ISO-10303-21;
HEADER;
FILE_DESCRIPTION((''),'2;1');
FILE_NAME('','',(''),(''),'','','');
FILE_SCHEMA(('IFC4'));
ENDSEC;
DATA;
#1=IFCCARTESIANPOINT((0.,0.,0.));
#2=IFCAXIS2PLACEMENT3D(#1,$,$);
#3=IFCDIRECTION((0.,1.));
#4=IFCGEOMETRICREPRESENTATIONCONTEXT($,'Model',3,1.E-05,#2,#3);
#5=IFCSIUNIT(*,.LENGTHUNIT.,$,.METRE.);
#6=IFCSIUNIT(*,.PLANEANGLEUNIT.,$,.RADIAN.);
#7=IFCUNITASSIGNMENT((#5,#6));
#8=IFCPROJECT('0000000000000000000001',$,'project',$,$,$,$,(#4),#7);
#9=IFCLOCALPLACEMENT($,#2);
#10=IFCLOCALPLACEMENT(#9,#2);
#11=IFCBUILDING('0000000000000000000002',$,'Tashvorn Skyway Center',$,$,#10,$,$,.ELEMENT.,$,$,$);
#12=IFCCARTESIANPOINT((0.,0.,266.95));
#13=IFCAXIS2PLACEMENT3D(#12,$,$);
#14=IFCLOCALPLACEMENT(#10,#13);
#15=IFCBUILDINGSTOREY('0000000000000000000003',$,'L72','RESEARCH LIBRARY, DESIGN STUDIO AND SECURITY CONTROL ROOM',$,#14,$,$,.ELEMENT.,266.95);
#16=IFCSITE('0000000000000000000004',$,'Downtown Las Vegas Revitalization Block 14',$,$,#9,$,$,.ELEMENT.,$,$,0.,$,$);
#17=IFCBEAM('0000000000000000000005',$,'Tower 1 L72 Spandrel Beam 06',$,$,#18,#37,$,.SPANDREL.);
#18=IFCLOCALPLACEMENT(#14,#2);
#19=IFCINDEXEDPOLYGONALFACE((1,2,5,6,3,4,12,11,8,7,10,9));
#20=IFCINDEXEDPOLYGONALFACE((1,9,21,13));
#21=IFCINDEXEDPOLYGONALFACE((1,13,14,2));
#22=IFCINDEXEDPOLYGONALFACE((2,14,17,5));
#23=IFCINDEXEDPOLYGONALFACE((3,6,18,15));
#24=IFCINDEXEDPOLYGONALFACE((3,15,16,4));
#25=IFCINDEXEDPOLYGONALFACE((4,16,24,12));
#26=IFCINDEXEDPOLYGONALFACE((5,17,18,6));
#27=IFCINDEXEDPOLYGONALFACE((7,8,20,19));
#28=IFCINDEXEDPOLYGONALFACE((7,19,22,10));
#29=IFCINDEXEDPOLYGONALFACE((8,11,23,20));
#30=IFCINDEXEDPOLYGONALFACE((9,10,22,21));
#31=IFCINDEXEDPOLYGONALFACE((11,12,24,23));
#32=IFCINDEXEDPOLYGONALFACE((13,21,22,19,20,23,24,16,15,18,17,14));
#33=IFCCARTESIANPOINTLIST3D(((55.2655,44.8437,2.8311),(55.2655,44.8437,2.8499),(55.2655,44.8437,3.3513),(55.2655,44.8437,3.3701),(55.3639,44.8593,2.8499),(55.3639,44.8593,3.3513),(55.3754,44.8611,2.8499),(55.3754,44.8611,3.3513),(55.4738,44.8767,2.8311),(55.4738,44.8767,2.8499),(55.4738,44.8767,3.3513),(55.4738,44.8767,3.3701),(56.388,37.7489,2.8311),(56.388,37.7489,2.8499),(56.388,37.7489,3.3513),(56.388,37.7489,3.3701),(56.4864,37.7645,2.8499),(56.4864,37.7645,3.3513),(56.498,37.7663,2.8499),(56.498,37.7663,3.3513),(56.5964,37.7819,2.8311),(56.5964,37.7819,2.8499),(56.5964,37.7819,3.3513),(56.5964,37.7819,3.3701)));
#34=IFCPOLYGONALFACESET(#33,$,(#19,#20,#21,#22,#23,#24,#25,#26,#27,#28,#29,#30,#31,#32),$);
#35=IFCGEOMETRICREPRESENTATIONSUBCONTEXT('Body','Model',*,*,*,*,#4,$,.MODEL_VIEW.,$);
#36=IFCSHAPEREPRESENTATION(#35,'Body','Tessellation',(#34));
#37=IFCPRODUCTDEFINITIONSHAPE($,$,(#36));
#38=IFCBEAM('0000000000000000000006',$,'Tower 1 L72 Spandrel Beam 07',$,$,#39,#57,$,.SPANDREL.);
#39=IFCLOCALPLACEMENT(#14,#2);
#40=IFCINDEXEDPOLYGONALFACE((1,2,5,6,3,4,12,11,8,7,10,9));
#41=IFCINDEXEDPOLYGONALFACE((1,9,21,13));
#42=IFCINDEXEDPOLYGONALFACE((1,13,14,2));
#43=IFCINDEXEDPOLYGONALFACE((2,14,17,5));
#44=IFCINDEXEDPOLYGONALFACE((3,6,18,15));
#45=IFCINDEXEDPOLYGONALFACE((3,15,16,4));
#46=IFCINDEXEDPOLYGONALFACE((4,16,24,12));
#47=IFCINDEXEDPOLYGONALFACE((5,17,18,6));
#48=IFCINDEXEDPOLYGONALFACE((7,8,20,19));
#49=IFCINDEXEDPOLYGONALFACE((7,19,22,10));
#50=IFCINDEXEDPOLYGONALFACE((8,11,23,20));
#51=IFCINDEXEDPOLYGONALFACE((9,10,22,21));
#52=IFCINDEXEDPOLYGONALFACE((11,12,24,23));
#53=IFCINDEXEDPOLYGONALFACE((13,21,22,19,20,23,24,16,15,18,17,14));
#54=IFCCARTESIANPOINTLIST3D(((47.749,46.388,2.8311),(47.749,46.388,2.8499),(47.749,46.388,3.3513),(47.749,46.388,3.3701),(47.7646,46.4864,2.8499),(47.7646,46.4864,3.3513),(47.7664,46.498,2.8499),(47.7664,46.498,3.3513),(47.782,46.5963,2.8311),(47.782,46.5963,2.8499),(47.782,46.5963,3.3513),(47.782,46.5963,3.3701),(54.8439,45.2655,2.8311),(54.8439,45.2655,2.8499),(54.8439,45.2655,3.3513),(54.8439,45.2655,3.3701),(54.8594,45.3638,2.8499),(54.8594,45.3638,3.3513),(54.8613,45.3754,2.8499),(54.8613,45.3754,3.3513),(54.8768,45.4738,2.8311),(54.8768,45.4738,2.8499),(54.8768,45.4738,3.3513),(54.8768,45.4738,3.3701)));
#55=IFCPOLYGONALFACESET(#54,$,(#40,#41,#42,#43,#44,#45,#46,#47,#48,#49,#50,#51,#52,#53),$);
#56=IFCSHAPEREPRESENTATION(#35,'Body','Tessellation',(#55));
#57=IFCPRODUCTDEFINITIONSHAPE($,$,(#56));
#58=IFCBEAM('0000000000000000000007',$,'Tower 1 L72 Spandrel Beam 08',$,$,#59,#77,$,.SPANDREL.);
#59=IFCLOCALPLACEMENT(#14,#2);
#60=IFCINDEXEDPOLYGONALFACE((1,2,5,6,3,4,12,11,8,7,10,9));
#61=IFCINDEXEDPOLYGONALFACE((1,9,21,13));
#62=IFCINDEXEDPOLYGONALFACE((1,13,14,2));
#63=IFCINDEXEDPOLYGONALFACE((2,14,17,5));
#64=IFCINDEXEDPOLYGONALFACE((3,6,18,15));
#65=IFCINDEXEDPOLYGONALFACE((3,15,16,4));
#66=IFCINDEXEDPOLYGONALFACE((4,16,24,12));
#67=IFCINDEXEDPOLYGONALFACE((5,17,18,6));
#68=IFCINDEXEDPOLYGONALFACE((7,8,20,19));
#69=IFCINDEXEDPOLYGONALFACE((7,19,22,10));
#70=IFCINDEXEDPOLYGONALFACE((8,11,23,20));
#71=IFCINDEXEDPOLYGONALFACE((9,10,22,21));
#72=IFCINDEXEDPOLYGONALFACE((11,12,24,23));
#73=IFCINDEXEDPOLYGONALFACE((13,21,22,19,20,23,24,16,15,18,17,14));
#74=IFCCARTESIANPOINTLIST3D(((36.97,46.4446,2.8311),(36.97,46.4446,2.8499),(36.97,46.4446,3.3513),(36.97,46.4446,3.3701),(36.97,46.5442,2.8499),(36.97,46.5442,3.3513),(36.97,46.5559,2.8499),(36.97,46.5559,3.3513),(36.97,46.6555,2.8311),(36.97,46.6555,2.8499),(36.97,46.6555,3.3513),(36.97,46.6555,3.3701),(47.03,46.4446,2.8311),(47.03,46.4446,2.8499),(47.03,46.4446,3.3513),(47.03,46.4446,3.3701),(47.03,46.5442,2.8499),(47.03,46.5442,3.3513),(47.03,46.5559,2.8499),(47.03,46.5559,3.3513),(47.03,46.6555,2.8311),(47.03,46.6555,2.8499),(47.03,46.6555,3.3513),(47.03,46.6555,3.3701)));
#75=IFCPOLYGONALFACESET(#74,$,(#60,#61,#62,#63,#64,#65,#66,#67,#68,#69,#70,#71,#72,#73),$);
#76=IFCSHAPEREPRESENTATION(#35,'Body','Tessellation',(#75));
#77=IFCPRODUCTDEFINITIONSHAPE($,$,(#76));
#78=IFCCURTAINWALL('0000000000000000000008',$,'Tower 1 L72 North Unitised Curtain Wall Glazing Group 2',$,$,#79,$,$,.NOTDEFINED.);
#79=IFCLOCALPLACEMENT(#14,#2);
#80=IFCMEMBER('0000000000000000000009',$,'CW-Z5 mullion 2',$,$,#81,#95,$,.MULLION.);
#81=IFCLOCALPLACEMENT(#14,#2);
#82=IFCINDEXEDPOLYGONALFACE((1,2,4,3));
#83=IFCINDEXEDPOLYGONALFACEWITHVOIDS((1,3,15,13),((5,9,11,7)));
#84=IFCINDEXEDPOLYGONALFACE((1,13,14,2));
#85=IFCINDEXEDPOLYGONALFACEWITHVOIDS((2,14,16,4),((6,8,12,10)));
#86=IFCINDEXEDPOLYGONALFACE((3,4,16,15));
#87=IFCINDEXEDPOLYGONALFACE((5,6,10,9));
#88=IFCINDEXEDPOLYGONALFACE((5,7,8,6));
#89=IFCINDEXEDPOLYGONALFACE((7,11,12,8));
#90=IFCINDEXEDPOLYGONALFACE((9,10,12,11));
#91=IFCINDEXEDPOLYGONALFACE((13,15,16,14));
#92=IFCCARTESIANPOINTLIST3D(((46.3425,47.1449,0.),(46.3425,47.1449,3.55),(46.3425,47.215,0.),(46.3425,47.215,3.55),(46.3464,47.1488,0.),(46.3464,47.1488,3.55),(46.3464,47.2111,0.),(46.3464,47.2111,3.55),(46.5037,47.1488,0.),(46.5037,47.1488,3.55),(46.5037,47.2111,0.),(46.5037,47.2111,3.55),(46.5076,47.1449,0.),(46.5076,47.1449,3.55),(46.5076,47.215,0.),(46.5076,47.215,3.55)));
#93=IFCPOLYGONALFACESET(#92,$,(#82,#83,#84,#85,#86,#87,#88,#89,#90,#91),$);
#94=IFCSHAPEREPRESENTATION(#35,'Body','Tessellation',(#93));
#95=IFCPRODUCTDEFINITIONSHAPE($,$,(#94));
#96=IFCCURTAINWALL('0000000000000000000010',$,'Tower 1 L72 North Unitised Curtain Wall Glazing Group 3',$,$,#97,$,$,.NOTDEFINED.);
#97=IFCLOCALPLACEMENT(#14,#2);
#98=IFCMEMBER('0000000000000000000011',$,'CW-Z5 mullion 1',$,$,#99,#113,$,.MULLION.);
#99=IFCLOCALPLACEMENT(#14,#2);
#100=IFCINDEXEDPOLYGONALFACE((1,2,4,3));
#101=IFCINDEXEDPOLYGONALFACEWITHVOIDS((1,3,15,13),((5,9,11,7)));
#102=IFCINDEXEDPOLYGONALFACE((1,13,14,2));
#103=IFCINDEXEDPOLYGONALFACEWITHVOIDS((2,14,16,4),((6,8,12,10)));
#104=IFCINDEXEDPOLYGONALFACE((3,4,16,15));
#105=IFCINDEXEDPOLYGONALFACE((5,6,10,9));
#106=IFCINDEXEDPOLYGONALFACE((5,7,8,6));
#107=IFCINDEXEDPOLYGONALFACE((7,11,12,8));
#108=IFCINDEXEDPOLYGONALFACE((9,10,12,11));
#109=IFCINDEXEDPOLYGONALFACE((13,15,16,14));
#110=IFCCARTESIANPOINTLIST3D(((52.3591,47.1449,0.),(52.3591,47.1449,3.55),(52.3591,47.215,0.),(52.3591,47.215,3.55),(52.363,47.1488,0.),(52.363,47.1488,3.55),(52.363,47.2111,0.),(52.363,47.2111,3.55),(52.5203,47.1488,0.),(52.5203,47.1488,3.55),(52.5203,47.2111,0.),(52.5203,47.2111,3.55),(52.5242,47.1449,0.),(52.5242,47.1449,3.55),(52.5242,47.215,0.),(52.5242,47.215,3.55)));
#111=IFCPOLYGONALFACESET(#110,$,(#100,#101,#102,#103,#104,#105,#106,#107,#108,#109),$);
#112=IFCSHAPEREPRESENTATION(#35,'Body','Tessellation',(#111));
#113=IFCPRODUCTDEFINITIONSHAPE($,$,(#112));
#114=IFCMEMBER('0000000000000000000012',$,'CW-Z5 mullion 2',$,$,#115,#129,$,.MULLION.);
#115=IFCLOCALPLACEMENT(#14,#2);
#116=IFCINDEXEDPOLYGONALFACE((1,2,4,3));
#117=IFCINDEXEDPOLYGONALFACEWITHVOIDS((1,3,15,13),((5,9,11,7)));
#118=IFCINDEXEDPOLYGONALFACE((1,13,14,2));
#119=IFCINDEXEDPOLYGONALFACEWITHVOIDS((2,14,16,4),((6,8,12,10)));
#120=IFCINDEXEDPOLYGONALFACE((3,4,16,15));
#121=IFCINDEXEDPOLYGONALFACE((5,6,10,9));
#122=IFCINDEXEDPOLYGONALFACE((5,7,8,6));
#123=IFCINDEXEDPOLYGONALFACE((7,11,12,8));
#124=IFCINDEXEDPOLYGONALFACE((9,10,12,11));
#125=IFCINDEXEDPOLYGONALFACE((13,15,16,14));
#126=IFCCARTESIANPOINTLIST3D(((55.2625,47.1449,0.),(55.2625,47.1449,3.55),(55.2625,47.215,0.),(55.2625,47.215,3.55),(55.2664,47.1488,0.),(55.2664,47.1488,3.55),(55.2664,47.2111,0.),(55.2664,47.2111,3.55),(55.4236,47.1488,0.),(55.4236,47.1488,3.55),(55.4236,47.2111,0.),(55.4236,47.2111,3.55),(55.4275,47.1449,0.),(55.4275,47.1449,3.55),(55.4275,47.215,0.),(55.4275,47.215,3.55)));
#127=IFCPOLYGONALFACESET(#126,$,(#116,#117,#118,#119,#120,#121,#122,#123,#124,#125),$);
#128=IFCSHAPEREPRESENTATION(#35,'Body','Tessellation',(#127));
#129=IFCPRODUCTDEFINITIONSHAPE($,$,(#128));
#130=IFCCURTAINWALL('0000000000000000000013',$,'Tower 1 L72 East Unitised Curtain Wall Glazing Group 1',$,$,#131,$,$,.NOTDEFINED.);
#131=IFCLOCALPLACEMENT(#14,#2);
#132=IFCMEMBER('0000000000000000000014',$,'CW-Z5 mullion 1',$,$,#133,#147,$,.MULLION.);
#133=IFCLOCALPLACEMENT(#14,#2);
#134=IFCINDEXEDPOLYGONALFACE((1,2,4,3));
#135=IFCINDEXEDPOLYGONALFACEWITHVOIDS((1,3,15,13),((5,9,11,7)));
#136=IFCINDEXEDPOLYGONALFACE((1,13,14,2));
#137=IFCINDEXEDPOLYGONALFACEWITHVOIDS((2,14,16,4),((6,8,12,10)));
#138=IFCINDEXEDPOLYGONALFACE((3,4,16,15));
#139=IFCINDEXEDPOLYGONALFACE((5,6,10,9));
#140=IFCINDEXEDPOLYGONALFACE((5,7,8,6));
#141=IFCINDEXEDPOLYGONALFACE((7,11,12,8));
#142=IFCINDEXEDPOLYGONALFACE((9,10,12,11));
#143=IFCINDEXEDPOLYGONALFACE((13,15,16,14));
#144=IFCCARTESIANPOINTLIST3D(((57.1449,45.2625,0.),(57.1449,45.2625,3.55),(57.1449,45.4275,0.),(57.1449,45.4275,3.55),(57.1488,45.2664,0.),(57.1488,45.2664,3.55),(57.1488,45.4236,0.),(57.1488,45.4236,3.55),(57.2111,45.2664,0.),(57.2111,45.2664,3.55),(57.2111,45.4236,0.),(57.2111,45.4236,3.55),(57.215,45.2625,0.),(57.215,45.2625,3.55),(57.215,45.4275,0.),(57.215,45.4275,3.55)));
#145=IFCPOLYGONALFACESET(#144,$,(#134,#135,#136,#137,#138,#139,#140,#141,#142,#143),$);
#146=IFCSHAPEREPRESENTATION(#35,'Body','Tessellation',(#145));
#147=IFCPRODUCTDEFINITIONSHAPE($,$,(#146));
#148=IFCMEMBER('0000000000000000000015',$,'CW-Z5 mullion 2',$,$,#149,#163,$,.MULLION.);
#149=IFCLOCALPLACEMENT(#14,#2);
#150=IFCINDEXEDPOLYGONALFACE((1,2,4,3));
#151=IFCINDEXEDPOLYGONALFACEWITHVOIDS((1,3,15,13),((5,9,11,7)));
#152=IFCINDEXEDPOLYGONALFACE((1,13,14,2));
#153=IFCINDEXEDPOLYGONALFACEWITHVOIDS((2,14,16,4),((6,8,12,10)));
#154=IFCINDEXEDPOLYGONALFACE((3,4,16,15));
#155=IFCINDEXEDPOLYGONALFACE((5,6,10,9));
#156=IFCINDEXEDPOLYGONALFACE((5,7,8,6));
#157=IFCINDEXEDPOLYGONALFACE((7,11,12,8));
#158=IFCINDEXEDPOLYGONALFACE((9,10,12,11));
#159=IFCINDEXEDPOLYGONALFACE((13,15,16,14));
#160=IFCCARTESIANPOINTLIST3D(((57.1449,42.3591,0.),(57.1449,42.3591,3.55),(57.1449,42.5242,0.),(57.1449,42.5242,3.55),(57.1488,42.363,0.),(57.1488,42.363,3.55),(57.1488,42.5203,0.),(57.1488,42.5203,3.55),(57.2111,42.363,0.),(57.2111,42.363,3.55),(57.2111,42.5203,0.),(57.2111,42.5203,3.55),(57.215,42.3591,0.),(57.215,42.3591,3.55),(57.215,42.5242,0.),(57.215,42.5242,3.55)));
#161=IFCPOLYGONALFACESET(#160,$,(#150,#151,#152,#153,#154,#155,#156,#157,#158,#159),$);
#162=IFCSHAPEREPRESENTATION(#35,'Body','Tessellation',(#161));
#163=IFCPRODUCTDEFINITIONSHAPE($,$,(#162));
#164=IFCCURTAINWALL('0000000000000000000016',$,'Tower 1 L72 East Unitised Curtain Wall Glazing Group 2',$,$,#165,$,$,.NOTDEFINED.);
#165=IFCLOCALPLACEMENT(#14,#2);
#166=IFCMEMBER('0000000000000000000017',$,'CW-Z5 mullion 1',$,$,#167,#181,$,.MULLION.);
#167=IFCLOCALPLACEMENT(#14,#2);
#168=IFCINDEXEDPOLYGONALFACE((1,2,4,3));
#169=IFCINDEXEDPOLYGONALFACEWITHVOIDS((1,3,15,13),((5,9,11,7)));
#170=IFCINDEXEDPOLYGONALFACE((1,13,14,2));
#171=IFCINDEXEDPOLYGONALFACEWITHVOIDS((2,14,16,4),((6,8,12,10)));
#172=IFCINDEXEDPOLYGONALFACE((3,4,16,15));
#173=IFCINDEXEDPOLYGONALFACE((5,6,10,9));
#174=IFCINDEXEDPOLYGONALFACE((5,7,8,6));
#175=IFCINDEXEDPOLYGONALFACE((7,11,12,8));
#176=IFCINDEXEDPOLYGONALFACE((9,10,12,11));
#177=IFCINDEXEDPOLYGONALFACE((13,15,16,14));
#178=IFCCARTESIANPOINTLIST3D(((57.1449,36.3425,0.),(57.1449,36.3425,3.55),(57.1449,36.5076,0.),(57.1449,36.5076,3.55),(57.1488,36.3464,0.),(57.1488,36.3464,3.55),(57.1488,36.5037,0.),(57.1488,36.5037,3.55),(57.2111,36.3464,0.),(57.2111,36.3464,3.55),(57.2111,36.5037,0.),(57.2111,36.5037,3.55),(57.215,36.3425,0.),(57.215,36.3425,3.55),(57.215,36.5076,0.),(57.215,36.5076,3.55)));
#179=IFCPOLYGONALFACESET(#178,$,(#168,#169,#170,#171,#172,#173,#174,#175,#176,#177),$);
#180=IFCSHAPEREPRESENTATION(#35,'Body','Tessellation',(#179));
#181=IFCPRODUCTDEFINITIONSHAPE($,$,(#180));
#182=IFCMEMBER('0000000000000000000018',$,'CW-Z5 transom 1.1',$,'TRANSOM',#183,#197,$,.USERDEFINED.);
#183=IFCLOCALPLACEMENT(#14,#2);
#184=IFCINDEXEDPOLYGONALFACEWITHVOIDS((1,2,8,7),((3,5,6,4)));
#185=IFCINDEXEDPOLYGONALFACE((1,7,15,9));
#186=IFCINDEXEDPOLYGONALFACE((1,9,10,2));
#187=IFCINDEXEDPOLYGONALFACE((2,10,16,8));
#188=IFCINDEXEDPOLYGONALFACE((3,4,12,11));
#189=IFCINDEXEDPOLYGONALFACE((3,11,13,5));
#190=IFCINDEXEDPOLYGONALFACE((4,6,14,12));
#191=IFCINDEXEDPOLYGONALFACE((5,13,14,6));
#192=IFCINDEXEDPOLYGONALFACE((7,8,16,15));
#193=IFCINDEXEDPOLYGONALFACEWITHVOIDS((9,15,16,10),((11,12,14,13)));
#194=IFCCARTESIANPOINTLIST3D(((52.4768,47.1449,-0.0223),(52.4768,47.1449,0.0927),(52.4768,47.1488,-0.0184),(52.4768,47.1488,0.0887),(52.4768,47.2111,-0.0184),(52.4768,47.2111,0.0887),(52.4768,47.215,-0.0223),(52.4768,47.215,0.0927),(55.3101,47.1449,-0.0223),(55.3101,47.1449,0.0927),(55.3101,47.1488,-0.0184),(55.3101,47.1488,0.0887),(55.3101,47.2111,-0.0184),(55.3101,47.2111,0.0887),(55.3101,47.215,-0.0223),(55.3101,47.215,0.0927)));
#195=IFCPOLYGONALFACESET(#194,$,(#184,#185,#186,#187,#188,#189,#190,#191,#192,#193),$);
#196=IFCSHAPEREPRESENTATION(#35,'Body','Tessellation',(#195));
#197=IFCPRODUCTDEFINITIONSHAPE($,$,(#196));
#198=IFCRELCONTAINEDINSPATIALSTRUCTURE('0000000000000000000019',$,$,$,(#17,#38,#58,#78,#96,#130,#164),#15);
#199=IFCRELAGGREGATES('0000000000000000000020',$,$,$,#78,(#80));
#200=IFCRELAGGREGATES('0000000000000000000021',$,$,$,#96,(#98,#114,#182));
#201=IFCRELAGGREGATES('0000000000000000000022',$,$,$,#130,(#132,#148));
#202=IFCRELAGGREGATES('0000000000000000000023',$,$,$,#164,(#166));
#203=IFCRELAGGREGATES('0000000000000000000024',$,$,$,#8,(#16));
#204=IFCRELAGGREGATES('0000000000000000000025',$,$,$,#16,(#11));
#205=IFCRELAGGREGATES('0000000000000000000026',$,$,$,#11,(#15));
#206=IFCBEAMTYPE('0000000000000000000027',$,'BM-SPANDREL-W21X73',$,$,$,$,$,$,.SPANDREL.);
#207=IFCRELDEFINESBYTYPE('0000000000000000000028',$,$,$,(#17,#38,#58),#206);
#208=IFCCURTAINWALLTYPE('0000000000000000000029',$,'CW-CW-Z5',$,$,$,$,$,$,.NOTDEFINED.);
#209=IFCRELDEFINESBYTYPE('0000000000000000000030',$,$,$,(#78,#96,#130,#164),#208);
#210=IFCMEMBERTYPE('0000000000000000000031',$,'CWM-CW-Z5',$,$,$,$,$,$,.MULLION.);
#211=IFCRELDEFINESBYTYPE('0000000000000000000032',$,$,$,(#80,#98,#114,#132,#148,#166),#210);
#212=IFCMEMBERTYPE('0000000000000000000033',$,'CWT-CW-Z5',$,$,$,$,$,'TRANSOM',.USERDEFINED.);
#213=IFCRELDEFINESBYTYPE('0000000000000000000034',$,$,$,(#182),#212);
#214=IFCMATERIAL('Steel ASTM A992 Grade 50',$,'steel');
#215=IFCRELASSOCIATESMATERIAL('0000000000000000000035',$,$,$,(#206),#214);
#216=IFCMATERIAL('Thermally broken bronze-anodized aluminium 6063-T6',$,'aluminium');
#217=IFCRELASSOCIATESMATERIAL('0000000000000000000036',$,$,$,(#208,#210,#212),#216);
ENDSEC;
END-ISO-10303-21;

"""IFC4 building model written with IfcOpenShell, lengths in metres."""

from ifc_helpers import new_model, si_unit, direction, frame, origin, origin_2d, place, context, subcontext, project, spatial, hollow_rectangle, i_section, extrude, material, material_profile, profile_set, type_object, element, aggregate, save


model = new_model("IFC4")

# Units and contexts
model_context = context("Model", 3, precision=1e-05, world=origin(), true_north=direction((0.0, 1.0)))
body_context = subcontext(model_context, "Body", "Model", "MODEL_VIEW")
ifc_project = project(units=[si_unit("LENGTHUNIT", "METRE"), si_unit("PLANEANGLEUNIT", "RADIAN")], contexts=[model_context])

# Site, building, storey
site_placement = place(None, origin())
site = spatial("IfcSite", under=ifc_project, at=site_placement, Name="Downtown Las Vegas Revitalization Block 14", CompositionType="ELEMENT", RefElevation=0.0)
building_placement = place(site_placement, origin())
building = spatial("IfcBuilding", under=site, at=building_placement, Name="Tashvorn Skyway Center", CompositionType="ELEMENT")
storey_placement = place(building_placement, frame((0.0, 0.0, 266.95)))
storey = spatial("IfcBuildingStorey", under=building, at=storey_placement, Name="L72", Description="RESEARCH LIBRARY, DESIGN STUDIO AND SECURITY CONTROL ROOM", CompositionType="ELEMENT", Elevation=266.95)

# Beams
ifc_material_1 = material(Name="Steel ASTM A992 Grade 50", Category="steel")
ifc_material_profile_1 = material_profile(ifc_material_1, i_section(OverallWidth=0.2109, OverallDepth=0.5391, WebThickness=0.0117, FlangeThickness=0.0188, at=origin_2d()), Name="W21X73")
ifc_profile_set_1 = profile_set([ifc_material_profile_1], Name="Steel ASTM A992 Grade 50")
beam_type_1 = type_object("IfcBeamType", Name="BM-SPANDREL-W21X73", PredefinedType="SPANDREL", material=ifc_profile_set_1)
for number, where, z_axis, x_axis, name in (
    (1, (56.4922, 37.7654, 3.1006), (-0.156275, 0.987714, 0.0), (-0.987714, -0.156275, 0.0), "Tower 1 L72 Spandrel Beam 06"),
    (2, (54.8604, 45.3696, 3.1006), (-0.987714, 0.156275, 0.0), (-0.156275, -0.987714, 0.0), "Tower 1 L72 Spandrel Beam 07"),
):
    element("IfcBeam", number, at=place(storey_placement, frame(where, z_axis=z_axis, x_axis=x_axis)), inside=storey, type_object=beam_type_1, Name=name, PredefinedType="SPANDREL", context=body_context, shape_type="SweptSolid", body=[
        extrude(i_section(OverallWidth=0.2109, OverallDepth=0.5391, WebThickness=0.0117, FlangeThickness=0.0188, at=origin_2d()), origin(), (0.0, 0.0, 1.0), 7.1831),
    ])
beam_1_placement = place(storey_placement, frame((47.03, 46.55, 3.1006), z_axis=(-1.0, 0.0, 0.0), x_axis=(0.0, -1.0, 0.0)))
element("IfcBeam", 3, at=beam_1_placement, inside=storey, type_object=beam_type_1, Name="Tower 1 L72 Spandrel Beam 08", PredefinedType="SPANDREL", context=body_context, shape_type="SweptSolid", body=[
    extrude(i_section(OverallWidth=0.2109, OverallDepth=0.5391, WebThickness=0.0117, FlangeThickness=0.0188, at=origin_2d()), origin(), (0.0, 0.0, 1.0), 10.0601),
])

# Curtain wall, member
ifc_material_2 = material(Name="Thermally broken bronze-anodized aluminium 6063-T6", Category="aluminium")
curtain_wall_type = type_object("IfcCurtainWallType", Name="CW-CW-Z5", PredefinedType="NOTDEFINED", material=ifc_material_2)
curtain_wall_1_placement = place(storey_placement, origin())
curtain_wall_1 = element("IfcCurtainWall", 4, at=curtain_wall_1_placement, inside=storey, type_object=curtain_wall_type, Name="Tower 1 L72 North Unitised Curtain Wall Glazing Group 2", PredefinedType="NOTDEFINED")
ifc_material_profile_2 = material_profile(ifc_material_2, hollow_rectangle(XDim=0.0701, YDim=0.165, WallThickness=0.0039, at=origin_2d()), Name="ALU-MULL-70x165")
ifc_profile_set_2 = profile_set([ifc_material_profile_2], Name="Thermally broken bronze-anodized aluminium 6063-T6")
member_type_1 = type_object("IfcMemberType", Name="CWM-CW-Z5", PredefinedType="MULLION", material=ifc_profile_set_2)
member_1_placement = place(storey_placement, frame((46.425, 47.1799, 0.0), z_axis=(0.0, 0.0, 1.0), x_axis=(0.0, 1.0, 0.0)))
member_1 = element("IfcMember", 5, at=member_1_placement, type_object=member_type_1, Name="CW-Z5 mullion 2", PredefinedType="MULLION", context=body_context, shape_type="SweptSolid", body=[
    extrude(hollow_rectangle(XDim=0.0701, YDim=0.165, WallThickness=0.0039, at=origin_2d()), origin(), (0.0, 0.0, 1.0), 3.55),
])
aggregate(curtain_wall_1, [member_1])

# Curtain walls, members
curtain_wall_2_placement = place(storey_placement, origin())
curtain_wall_2 = element("IfcCurtainWall", 6, at=curtain_wall_2_placement, inside=storey, type_object=curtain_wall_type, Name="Tower 1 L72 North Unitised Curtain Wall Glazing Group 3", PredefinedType="NOTDEFINED")
member_2_placement = place(storey_placement, frame((52.4417, 47.1799, 0.0), z_axis=(0.0, 0.0, 1.0), x_axis=(0.0, 1.0, 0.0)))
member_2 = element("IfcMember", 7, at=member_2_placement, type_object=member_type_1, Name="CW-Z5 mullion 1", PredefinedType="MULLION", context=body_context, shape_type="SweptSolid", body=[
    extrude(hollow_rectangle(XDim=0.0701, YDim=0.165, WallThickness=0.0039, at=origin_2d()), origin(), (0.0, 0.0, 1.0), 3.55),
])
member_3_placement = place(storey_placement, frame((55.345, 47.1799, 0.0), z_axis=(0.0, 0.0, 1.0), x_axis=(0.0, 1.0, 0.0)))
member_3 = element("IfcMember", 8, at=member_3_placement, type_object=member_type_1, Name="CW-Z5 mullion 2", PredefinedType="MULLION", context=body_context, shape_type="SweptSolid", body=[
    extrude(hollow_rectangle(XDim=0.0701, YDim=0.165, WallThickness=0.0039, at=origin_2d()), origin(), (0.0, 0.0, 1.0), 3.55),
])
curtain_wall_3_placement = place(storey_placement, origin())
curtain_wall_3 = element("IfcCurtainWall", 9, at=curtain_wall_3_placement, inside=storey, type_object=curtain_wall_type, Name="Tower 1 L72 East Unitised Curtain Wall Glazing Group 1", PredefinedType="NOTDEFINED")
member_4_placement = place(storey_placement, frame((57.1799, 45.345, 0.0), z_axis=(0.0, 0.0, 1.0), x_axis=(1.0, 0.0, 0.0)))
member_4 = element("IfcMember", 10, at=member_4_placement, type_object=member_type_1, Name="CW-Z5 mullion 1", PredefinedType="MULLION", context=body_context, shape_type="SweptSolid", body=[
    extrude(hollow_rectangle(XDim=0.0701, YDim=0.165, WallThickness=0.0039, at=origin_2d()), origin(), (0.0, 0.0, 1.0), 3.55),
])
member_5_placement = place(storey_placement, frame((57.1799, 42.4417, 0.0), z_axis=(0.0, 0.0, 1.0), x_axis=(1.0, 0.0, 0.0)))
member_5 = element("IfcMember", 11, at=member_5_placement, type_object=member_type_1, Name="CW-Z5 mullion 2", PredefinedType="MULLION", context=body_context, shape_type="SweptSolid", body=[
    extrude(hollow_rectangle(XDim=0.0701, YDim=0.165, WallThickness=0.0039, at=origin_2d()), origin(), (0.0, 0.0, 1.0), 3.55),
])

# Curtain wall, member
curtain_wall_4_placement = place(storey_placement, origin())
curtain_wall_4 = element("IfcCurtainWall", 12, at=curtain_wall_4_placement, inside=storey, type_object=curtain_wall_type, Name="Tower 1 L72 East Unitised Curtain Wall Glazing Group 2", PredefinedType="NOTDEFINED")
member_6_placement = place(storey_placement, frame((57.1799, 36.425, 0.0), z_axis=(0.0, 0.0, 1.0), x_axis=(1.0, 0.0, 0.0)))
member_6 = element("IfcMember", 13, at=member_6_placement, type_object=member_type_1, Name="CW-Z5 mullion 1", PredefinedType="MULLION", context=body_context, shape_type="SweptSolid", body=[
    extrude(hollow_rectangle(XDim=0.0701, YDim=0.165, WallThickness=0.0039, at=origin_2d()), origin(), (0.0, 0.0, 1.0), 3.55),
])

# Member
ifc_material_profile_3 = material_profile(ifc_material_2, hollow_rectangle(XDim=0.0701, YDim=0.115, WallThickness=0.0039, at=origin_2d()), Name="ALU-TRAN-70x115")
ifc_profile_set_3 = profile_set([ifc_material_profile_3], Name="Thermally broken bronze-anodized aluminium 6063-T6")
member_type_2 = type_object("IfcMemberType", Name="CWT-CW-Z5", ElementType="TRANSOM", PredefinedType="USERDEFINED", material=ifc_profile_set_3)
member_7_placement = place(storey_placement, frame((52.4768, 47.1799, 0.0352), z_axis=(1.0, 0.0, 0.0), x_axis=(0.0, 1.0, 0.0)))
member_7 = element("IfcMember", 14, at=member_7_placement, type_object=member_type_2, Name="CW-Z5 transom 1.1", ObjectType="TRANSOM", PredefinedType="USERDEFINED", context=body_context, shape_type="SweptSolid", body=[
    extrude(hollow_rectangle(XDim=0.0701, YDim=0.115, WallThickness=0.0039, at=origin_2d()), origin(), (0.0, 0.0, 1.0), 2.8333),
])

aggregate(curtain_wall_2, [member_2, member_3, member_7])
aggregate(curtain_wall_3, [member_4, member_5])
aggregate(curtain_wall_4, [member_6])

save(model, "model.ifc")
